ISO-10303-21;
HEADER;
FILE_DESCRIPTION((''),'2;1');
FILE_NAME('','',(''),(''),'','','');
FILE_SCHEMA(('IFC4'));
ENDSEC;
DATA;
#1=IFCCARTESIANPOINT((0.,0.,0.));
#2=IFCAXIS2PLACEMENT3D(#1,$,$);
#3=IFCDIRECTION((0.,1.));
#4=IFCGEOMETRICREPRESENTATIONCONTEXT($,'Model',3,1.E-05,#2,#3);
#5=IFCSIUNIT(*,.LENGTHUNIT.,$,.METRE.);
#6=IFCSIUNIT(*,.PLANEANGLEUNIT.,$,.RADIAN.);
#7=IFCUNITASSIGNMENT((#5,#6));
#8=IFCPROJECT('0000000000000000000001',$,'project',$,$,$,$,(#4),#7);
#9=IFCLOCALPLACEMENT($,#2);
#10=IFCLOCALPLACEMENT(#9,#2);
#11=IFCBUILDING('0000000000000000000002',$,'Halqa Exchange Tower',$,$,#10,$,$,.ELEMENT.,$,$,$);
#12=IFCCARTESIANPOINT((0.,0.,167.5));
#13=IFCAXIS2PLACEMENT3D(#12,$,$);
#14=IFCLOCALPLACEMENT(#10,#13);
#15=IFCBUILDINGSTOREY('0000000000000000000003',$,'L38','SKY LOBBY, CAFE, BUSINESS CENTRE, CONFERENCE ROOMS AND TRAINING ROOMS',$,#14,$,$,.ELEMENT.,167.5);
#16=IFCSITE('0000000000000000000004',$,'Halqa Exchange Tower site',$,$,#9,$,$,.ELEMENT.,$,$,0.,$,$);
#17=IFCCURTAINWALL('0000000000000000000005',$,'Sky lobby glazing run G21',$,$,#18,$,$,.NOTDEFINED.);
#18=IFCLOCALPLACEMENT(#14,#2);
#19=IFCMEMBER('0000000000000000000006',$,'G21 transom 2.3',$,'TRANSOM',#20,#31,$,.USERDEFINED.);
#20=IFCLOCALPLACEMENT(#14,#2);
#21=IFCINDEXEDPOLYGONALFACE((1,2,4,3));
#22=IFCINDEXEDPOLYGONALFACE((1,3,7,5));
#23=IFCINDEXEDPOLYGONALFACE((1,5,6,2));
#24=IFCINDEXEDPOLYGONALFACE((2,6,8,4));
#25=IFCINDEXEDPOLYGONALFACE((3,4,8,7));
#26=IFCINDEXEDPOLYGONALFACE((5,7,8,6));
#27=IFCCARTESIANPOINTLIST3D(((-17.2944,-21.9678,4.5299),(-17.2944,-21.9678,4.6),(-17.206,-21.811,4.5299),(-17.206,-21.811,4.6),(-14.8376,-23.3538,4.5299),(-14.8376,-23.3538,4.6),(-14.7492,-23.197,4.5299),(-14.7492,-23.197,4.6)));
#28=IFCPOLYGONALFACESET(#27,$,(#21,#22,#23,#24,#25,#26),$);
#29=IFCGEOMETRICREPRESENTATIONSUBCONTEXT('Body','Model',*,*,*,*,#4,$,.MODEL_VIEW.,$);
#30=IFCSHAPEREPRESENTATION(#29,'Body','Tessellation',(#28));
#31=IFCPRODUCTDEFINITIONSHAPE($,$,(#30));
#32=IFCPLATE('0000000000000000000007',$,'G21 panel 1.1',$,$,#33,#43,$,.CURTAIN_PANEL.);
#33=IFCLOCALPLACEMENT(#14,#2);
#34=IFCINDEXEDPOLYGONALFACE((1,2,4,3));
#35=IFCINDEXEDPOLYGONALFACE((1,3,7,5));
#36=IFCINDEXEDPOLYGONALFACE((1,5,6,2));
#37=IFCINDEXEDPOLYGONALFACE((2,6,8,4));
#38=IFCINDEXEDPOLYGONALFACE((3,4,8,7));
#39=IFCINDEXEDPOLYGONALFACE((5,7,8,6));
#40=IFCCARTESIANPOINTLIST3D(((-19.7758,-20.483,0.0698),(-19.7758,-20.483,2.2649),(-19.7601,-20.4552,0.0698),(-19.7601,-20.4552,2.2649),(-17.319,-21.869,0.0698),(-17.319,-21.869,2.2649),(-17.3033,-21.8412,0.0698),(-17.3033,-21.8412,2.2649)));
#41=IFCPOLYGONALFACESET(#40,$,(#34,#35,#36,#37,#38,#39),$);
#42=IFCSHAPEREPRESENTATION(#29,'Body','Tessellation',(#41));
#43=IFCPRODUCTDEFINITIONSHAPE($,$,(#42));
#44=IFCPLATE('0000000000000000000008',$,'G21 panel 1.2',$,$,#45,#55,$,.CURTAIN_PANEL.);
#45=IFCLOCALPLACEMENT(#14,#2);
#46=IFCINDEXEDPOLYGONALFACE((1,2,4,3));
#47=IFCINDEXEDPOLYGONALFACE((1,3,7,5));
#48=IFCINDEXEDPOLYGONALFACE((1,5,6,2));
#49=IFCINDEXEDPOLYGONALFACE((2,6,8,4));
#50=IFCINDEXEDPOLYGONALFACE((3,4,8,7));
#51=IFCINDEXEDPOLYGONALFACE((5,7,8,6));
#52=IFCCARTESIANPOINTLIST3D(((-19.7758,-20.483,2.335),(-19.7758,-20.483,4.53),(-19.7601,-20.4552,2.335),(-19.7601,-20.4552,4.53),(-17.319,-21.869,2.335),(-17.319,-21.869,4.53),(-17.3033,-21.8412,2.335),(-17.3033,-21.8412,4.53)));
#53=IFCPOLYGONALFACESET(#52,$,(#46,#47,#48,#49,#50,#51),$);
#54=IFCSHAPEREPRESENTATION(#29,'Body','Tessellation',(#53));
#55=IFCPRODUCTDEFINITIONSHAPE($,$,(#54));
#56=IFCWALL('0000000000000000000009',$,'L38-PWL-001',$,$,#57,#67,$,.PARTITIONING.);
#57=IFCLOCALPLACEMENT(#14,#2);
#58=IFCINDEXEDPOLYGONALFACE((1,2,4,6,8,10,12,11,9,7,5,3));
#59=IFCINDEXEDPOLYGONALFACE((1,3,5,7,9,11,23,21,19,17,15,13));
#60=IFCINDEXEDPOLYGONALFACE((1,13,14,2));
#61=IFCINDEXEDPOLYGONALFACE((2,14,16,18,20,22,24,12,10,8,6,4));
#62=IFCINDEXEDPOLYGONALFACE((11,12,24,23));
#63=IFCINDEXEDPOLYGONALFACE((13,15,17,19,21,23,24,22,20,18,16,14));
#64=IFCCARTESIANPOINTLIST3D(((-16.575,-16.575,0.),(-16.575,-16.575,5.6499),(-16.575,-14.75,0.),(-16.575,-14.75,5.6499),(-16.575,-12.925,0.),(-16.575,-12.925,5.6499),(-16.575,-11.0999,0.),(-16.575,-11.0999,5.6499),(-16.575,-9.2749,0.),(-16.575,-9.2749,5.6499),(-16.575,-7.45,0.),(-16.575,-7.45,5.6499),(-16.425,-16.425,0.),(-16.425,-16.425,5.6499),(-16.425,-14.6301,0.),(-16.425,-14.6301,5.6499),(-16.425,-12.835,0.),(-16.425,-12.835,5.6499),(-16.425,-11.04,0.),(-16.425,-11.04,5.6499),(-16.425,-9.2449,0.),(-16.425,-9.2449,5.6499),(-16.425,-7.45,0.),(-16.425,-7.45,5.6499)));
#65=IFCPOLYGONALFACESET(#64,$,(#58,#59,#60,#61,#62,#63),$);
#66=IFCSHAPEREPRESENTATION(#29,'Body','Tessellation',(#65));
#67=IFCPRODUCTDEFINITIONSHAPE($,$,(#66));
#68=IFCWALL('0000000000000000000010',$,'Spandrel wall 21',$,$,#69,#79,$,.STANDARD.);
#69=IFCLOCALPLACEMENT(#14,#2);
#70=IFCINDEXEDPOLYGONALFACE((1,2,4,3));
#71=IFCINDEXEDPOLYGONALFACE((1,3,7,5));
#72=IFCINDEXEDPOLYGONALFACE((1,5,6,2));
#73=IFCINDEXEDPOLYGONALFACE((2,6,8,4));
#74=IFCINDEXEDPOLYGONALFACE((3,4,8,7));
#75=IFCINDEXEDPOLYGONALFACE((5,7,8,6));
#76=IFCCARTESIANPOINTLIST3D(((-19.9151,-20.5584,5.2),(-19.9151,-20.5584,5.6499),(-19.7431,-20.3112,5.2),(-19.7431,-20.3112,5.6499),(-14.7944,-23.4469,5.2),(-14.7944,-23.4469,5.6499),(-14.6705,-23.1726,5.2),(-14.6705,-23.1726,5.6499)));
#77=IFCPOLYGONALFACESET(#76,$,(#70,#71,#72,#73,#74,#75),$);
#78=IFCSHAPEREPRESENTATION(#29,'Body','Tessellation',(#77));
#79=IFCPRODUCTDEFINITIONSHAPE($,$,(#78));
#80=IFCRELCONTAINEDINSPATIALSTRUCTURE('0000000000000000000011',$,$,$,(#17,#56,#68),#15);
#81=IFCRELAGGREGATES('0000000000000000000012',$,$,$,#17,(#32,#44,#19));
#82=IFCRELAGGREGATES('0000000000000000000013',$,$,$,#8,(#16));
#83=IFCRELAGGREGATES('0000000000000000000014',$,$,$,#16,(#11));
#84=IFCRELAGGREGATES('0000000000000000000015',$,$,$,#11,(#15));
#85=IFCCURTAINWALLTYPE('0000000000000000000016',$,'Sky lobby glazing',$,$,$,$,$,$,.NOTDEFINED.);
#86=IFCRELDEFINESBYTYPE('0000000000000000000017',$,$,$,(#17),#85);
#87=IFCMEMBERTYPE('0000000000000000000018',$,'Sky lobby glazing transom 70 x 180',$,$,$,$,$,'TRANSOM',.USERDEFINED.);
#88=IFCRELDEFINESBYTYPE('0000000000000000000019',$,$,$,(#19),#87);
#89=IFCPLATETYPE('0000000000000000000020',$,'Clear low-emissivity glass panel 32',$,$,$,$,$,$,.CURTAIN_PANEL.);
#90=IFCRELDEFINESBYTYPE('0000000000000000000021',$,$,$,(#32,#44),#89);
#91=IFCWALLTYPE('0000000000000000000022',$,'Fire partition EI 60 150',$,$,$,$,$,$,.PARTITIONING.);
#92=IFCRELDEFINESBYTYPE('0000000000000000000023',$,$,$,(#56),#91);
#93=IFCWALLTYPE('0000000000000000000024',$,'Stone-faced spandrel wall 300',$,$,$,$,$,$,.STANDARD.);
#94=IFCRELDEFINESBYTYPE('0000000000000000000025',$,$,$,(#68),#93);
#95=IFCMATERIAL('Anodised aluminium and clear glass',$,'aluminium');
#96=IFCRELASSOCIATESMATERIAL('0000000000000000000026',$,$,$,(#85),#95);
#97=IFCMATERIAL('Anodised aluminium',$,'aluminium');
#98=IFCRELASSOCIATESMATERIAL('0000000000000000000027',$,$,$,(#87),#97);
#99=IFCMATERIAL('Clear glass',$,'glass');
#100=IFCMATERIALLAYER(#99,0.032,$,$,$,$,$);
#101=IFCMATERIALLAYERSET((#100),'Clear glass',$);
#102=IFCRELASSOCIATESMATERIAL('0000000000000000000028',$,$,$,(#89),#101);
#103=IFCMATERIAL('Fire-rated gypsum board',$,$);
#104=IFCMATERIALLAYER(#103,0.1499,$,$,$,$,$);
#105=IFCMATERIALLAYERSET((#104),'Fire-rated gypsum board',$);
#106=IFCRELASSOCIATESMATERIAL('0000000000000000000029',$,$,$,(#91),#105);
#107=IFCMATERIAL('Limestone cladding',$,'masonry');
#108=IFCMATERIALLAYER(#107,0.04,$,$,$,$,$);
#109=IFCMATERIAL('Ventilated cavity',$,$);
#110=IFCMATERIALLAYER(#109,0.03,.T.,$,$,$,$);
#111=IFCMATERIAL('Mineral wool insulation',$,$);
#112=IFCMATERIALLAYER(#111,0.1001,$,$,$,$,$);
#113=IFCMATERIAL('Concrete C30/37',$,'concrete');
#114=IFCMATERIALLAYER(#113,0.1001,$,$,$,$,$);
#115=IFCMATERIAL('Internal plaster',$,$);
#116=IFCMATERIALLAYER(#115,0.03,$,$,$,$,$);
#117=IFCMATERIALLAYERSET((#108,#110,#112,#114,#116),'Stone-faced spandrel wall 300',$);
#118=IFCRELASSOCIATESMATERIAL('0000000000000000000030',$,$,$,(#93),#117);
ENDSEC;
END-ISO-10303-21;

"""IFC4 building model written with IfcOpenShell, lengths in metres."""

from ifc_helpers import new_model, si_unit, direction, frame, origin, origin_2d, place, context, subcontext, project, spatial, polyline, rectangle, outline, extrude, material, layer, layer_set, material_profile, profile_set, type_object, element, aggregate, save


model = new_model("IFC4")

# Units and contexts
model_context = context("Model", 3, precision=1e-05, world=origin(), true_north=direction((0.0, 1.0)))
body_context = subcontext(model_context, "Body", "Model", "MODEL_VIEW")
ifc_project = project(units=[si_unit("LENGTHUNIT", "METRE"), si_unit("PLANEANGLEUNIT", "RADIAN")], contexts=[model_context])

# Site, building, storey
site_placement = place(None, origin())
site = spatial("IfcSite", under=ifc_project, at=site_placement, Name="Halqa Exchange Tower site", CompositionType="ELEMENT", RefElevation=0.0)
building_placement = place(site_placement, origin())
building = spatial("IfcBuilding", under=site, at=building_placement, Name="Halqa Exchange Tower", CompositionType="ELEMENT")
storey_placement = place(building_placement, frame((0.0, 0.0, 167.5)))
storey = spatial("IfcBuildingStorey", under=building, at=storey_placement, Name="L38", Description="SKY LOBBY, CAFE, BUSINESS CENTRE, CONFERENCE ROOMS AND TRAINING ROOMS", CompositionType="ELEMENT", Elevation=167.5)

# Shared definitions
ifc_material_1 = material(Name="Anodised aluminium and clear glass", Category="aluminium")
curtain_wall_type = type_object("IfcCurtainWallType", Name="Sky lobby glazing", PredefinedType="NOTDEFINED", material=ifc_material_1)
ifc_material_2 = material(Name="Anodised aluminium", Category="aluminium")

# Curtain wall, member, plates
curtain_wall_1_placement = place(storey_placement, origin())
curtain_wall_1 = element("IfcCurtainWall", 1, at=curtain_wall_1_placement, inside=storey, type_object=curtain_wall_type, Name="Sky lobby glazing run G21", PredefinedType="NOTDEFINED")
ifc_material_profile_1 = material_profile(ifc_material_2, rectangle(XDim=0.1799, YDim=0.0701, at=origin_2d()), Name="AL 70x180")
ifc_profile_set_1 = profile_set([ifc_material_profile_1], Name="Anodised aluminium")
member_type_1 = type_object("IfcMemberType", Name="Sky lobby glazing transom 70 x 180", ElementType="TRANSOM", PredefinedType="USERDEFINED", material=ifc_profile_set_1)
member_1_placement = place(storey_placement, frame((-17.2502, -21.8894, 4.5649), z_axis=(0.870962, -0.49135, 0.0), x_axis=(0.49135, 0.870962, 0.0)))
member_1 = element("IfcMember", 2, at=member_1_placement, type_object=member_type_1, Name="G21 transom 2.3", ObjectType="TRANSOM", PredefinedType="USERDEFINED", context=body_context, shape_type="SweptSolid", body=[
    extrude(rectangle(XDim=0.1799, YDim=0.0701, at=origin_2d()), origin(), (0.0, 0.0, 1.0), 2.8208),
])
ifc_material_3 = material(Name="Clear glass", Category="glass")
ifc_layer_1 = layer(ifc_material_3, 0.032)
ifc_layer_set_1 = layer_set([ifc_layer_1], Name="Clear glass")
plate_type = type_object("IfcPlateType", Name="Clear low-emissivity glass panel 32", PredefinedType="CURTAIN_PANEL", material=ifc_layer_set_1)
plate_1_placement = place(storey_placement, frame((-18.5396, -21.1621, 0.0698), z_axis=(0.0, 0.0, 1.0), x_axis=(0.87096, -0.491354, 0.0)))
plate_1 = element("IfcPlate", 3, at=plate_1_placement, type_object=plate_type, Name="G21 panel 1.1", PredefinedType="CURTAIN_PANEL", context=body_context, shape_type="SweptSolid", body=[
    extrude(rectangle(XDim=2.8208, YDim=0.032, at=origin_2d()), origin(), (0.0, 0.0, 1.0), 2.1951),
])
plate_2_placement = place(storey_placement, frame((-18.5396, -21.1621, 2.335), z_axis=(0.0, 0.0, 1.0), x_axis=(0.87096, -0.491354, 0.0)))
plate_2 = element("IfcPlate", 4, at=plate_2_placement, type_object=plate_type, Name="G21 panel 1.2", PredefinedType="CURTAIN_PANEL", context=body_context, shape_type="SweptSolid", body=[
    extrude(rectangle(XDim=2.8208, YDim=0.032, at=origin_2d()), origin(), (0.0, 0.0, 1.0), 2.1951),
])
aggregate(curtain_wall_1, [plate_1, plate_2, member_1])

# Wall
ifc_material_4 = material(Name="Fire-rated gypsum board")
ifc_layer_2 = layer(ifc_material_4, 0.1499)
ifc_layer_set_2 = layer_set([ifc_layer_2], Name="Fire-rated gypsum board")
wall_type_1 = type_object("IfcWallType", Name="Fire partition EI 60 150", PredefinedType="PARTITIONING", material=ifc_layer_set_2)
wall_1_placement = place(storey_placement, frame((-16.5, -16.575, 0.0), z_axis=(0.0, 0.0, 1.0), x_axis=(0.0, 1.0, 0.0)))
element("IfcWall", 5, at=wall_1_placement, inside=storey, type_object=wall_type_1, Name="L38-PWL-001", PredefinedType="PARTITIONING", context=body_context, shape_type="SweptSolid", body=[
    extrude(outline(polyline([(9.125, 0.075), (7.3, 0.075), (5.4751, 0.075), (3.6499, 0.075), (1.825, 0.075), (0.0, 0.075), (0.1499, -0.075), (1.9448, -0.075), (3.74, -0.075), (5.5349, -0.075), (7.3301, -0.075), (9.125, -0.075), (9.125, 0.075)])), origin(), (0.0, 0.0, 1.0), 5.6499),
])

# Shared definitions
ifc_material_5 = material(Name="Limestone cladding", Category="masonry")
ifc_material_6 = material(Name="Ventilated cavity")
ifc_material_7 = material(Name="Mineral wool insulation")
ifc_material_8 = material(Name="Concrete C30/37", Category="concrete")
ifc_material_9 = material(Name="Internal plaster")

# Wall
ifc_layer_3 = layer(ifc_material_5, 0.04)
ifc_layer_4 = layer(ifc_material_6, 0.03, ventilated=True)
ifc_layer_5 = layer(ifc_material_7, 0.1001)
ifc_layer_6 = layer(ifc_material_8, 0.1001)
ifc_layer_7 = layer(ifc_material_9, 0.03)
ifc_layer_set_3 = layer_set([ifc_layer_3, ifc_layer_4, ifc_layer_5, ifc_layer_6, ifc_layer_7], Name="Stone-faced spandrel wall 300")
wall_type_2 = type_object("IfcWallType", Name="Stone-faced spandrel wall 300", PredefinedType="STANDARD", material=ifc_layer_set_3)
wall_2_placement = place(storey_placement, frame((-19.8291, -20.4348, 5.2), z_axis=(0.0, 0.0, 1.0), x_axis=(0.870982, -0.491315, 0.0)))
element("IfcWall", 6, at=wall_2_placement, inside=storey, type_object=wall_type_2, Name="Spandrel wall 21", PredefinedType="STANDARD", context=body_context, shape_type="SweptSolid", body=[
    extrude(outline(polyline([(-0.0142, -0.1499), (5.865, -0.1499), (5.8381, 0.1499), (0.0142, 0.1499), (-0.0142, -0.1499)])), origin(), (0.0, 0.0, 1.0), 0.45),
])

save(model, "model.ifc")
